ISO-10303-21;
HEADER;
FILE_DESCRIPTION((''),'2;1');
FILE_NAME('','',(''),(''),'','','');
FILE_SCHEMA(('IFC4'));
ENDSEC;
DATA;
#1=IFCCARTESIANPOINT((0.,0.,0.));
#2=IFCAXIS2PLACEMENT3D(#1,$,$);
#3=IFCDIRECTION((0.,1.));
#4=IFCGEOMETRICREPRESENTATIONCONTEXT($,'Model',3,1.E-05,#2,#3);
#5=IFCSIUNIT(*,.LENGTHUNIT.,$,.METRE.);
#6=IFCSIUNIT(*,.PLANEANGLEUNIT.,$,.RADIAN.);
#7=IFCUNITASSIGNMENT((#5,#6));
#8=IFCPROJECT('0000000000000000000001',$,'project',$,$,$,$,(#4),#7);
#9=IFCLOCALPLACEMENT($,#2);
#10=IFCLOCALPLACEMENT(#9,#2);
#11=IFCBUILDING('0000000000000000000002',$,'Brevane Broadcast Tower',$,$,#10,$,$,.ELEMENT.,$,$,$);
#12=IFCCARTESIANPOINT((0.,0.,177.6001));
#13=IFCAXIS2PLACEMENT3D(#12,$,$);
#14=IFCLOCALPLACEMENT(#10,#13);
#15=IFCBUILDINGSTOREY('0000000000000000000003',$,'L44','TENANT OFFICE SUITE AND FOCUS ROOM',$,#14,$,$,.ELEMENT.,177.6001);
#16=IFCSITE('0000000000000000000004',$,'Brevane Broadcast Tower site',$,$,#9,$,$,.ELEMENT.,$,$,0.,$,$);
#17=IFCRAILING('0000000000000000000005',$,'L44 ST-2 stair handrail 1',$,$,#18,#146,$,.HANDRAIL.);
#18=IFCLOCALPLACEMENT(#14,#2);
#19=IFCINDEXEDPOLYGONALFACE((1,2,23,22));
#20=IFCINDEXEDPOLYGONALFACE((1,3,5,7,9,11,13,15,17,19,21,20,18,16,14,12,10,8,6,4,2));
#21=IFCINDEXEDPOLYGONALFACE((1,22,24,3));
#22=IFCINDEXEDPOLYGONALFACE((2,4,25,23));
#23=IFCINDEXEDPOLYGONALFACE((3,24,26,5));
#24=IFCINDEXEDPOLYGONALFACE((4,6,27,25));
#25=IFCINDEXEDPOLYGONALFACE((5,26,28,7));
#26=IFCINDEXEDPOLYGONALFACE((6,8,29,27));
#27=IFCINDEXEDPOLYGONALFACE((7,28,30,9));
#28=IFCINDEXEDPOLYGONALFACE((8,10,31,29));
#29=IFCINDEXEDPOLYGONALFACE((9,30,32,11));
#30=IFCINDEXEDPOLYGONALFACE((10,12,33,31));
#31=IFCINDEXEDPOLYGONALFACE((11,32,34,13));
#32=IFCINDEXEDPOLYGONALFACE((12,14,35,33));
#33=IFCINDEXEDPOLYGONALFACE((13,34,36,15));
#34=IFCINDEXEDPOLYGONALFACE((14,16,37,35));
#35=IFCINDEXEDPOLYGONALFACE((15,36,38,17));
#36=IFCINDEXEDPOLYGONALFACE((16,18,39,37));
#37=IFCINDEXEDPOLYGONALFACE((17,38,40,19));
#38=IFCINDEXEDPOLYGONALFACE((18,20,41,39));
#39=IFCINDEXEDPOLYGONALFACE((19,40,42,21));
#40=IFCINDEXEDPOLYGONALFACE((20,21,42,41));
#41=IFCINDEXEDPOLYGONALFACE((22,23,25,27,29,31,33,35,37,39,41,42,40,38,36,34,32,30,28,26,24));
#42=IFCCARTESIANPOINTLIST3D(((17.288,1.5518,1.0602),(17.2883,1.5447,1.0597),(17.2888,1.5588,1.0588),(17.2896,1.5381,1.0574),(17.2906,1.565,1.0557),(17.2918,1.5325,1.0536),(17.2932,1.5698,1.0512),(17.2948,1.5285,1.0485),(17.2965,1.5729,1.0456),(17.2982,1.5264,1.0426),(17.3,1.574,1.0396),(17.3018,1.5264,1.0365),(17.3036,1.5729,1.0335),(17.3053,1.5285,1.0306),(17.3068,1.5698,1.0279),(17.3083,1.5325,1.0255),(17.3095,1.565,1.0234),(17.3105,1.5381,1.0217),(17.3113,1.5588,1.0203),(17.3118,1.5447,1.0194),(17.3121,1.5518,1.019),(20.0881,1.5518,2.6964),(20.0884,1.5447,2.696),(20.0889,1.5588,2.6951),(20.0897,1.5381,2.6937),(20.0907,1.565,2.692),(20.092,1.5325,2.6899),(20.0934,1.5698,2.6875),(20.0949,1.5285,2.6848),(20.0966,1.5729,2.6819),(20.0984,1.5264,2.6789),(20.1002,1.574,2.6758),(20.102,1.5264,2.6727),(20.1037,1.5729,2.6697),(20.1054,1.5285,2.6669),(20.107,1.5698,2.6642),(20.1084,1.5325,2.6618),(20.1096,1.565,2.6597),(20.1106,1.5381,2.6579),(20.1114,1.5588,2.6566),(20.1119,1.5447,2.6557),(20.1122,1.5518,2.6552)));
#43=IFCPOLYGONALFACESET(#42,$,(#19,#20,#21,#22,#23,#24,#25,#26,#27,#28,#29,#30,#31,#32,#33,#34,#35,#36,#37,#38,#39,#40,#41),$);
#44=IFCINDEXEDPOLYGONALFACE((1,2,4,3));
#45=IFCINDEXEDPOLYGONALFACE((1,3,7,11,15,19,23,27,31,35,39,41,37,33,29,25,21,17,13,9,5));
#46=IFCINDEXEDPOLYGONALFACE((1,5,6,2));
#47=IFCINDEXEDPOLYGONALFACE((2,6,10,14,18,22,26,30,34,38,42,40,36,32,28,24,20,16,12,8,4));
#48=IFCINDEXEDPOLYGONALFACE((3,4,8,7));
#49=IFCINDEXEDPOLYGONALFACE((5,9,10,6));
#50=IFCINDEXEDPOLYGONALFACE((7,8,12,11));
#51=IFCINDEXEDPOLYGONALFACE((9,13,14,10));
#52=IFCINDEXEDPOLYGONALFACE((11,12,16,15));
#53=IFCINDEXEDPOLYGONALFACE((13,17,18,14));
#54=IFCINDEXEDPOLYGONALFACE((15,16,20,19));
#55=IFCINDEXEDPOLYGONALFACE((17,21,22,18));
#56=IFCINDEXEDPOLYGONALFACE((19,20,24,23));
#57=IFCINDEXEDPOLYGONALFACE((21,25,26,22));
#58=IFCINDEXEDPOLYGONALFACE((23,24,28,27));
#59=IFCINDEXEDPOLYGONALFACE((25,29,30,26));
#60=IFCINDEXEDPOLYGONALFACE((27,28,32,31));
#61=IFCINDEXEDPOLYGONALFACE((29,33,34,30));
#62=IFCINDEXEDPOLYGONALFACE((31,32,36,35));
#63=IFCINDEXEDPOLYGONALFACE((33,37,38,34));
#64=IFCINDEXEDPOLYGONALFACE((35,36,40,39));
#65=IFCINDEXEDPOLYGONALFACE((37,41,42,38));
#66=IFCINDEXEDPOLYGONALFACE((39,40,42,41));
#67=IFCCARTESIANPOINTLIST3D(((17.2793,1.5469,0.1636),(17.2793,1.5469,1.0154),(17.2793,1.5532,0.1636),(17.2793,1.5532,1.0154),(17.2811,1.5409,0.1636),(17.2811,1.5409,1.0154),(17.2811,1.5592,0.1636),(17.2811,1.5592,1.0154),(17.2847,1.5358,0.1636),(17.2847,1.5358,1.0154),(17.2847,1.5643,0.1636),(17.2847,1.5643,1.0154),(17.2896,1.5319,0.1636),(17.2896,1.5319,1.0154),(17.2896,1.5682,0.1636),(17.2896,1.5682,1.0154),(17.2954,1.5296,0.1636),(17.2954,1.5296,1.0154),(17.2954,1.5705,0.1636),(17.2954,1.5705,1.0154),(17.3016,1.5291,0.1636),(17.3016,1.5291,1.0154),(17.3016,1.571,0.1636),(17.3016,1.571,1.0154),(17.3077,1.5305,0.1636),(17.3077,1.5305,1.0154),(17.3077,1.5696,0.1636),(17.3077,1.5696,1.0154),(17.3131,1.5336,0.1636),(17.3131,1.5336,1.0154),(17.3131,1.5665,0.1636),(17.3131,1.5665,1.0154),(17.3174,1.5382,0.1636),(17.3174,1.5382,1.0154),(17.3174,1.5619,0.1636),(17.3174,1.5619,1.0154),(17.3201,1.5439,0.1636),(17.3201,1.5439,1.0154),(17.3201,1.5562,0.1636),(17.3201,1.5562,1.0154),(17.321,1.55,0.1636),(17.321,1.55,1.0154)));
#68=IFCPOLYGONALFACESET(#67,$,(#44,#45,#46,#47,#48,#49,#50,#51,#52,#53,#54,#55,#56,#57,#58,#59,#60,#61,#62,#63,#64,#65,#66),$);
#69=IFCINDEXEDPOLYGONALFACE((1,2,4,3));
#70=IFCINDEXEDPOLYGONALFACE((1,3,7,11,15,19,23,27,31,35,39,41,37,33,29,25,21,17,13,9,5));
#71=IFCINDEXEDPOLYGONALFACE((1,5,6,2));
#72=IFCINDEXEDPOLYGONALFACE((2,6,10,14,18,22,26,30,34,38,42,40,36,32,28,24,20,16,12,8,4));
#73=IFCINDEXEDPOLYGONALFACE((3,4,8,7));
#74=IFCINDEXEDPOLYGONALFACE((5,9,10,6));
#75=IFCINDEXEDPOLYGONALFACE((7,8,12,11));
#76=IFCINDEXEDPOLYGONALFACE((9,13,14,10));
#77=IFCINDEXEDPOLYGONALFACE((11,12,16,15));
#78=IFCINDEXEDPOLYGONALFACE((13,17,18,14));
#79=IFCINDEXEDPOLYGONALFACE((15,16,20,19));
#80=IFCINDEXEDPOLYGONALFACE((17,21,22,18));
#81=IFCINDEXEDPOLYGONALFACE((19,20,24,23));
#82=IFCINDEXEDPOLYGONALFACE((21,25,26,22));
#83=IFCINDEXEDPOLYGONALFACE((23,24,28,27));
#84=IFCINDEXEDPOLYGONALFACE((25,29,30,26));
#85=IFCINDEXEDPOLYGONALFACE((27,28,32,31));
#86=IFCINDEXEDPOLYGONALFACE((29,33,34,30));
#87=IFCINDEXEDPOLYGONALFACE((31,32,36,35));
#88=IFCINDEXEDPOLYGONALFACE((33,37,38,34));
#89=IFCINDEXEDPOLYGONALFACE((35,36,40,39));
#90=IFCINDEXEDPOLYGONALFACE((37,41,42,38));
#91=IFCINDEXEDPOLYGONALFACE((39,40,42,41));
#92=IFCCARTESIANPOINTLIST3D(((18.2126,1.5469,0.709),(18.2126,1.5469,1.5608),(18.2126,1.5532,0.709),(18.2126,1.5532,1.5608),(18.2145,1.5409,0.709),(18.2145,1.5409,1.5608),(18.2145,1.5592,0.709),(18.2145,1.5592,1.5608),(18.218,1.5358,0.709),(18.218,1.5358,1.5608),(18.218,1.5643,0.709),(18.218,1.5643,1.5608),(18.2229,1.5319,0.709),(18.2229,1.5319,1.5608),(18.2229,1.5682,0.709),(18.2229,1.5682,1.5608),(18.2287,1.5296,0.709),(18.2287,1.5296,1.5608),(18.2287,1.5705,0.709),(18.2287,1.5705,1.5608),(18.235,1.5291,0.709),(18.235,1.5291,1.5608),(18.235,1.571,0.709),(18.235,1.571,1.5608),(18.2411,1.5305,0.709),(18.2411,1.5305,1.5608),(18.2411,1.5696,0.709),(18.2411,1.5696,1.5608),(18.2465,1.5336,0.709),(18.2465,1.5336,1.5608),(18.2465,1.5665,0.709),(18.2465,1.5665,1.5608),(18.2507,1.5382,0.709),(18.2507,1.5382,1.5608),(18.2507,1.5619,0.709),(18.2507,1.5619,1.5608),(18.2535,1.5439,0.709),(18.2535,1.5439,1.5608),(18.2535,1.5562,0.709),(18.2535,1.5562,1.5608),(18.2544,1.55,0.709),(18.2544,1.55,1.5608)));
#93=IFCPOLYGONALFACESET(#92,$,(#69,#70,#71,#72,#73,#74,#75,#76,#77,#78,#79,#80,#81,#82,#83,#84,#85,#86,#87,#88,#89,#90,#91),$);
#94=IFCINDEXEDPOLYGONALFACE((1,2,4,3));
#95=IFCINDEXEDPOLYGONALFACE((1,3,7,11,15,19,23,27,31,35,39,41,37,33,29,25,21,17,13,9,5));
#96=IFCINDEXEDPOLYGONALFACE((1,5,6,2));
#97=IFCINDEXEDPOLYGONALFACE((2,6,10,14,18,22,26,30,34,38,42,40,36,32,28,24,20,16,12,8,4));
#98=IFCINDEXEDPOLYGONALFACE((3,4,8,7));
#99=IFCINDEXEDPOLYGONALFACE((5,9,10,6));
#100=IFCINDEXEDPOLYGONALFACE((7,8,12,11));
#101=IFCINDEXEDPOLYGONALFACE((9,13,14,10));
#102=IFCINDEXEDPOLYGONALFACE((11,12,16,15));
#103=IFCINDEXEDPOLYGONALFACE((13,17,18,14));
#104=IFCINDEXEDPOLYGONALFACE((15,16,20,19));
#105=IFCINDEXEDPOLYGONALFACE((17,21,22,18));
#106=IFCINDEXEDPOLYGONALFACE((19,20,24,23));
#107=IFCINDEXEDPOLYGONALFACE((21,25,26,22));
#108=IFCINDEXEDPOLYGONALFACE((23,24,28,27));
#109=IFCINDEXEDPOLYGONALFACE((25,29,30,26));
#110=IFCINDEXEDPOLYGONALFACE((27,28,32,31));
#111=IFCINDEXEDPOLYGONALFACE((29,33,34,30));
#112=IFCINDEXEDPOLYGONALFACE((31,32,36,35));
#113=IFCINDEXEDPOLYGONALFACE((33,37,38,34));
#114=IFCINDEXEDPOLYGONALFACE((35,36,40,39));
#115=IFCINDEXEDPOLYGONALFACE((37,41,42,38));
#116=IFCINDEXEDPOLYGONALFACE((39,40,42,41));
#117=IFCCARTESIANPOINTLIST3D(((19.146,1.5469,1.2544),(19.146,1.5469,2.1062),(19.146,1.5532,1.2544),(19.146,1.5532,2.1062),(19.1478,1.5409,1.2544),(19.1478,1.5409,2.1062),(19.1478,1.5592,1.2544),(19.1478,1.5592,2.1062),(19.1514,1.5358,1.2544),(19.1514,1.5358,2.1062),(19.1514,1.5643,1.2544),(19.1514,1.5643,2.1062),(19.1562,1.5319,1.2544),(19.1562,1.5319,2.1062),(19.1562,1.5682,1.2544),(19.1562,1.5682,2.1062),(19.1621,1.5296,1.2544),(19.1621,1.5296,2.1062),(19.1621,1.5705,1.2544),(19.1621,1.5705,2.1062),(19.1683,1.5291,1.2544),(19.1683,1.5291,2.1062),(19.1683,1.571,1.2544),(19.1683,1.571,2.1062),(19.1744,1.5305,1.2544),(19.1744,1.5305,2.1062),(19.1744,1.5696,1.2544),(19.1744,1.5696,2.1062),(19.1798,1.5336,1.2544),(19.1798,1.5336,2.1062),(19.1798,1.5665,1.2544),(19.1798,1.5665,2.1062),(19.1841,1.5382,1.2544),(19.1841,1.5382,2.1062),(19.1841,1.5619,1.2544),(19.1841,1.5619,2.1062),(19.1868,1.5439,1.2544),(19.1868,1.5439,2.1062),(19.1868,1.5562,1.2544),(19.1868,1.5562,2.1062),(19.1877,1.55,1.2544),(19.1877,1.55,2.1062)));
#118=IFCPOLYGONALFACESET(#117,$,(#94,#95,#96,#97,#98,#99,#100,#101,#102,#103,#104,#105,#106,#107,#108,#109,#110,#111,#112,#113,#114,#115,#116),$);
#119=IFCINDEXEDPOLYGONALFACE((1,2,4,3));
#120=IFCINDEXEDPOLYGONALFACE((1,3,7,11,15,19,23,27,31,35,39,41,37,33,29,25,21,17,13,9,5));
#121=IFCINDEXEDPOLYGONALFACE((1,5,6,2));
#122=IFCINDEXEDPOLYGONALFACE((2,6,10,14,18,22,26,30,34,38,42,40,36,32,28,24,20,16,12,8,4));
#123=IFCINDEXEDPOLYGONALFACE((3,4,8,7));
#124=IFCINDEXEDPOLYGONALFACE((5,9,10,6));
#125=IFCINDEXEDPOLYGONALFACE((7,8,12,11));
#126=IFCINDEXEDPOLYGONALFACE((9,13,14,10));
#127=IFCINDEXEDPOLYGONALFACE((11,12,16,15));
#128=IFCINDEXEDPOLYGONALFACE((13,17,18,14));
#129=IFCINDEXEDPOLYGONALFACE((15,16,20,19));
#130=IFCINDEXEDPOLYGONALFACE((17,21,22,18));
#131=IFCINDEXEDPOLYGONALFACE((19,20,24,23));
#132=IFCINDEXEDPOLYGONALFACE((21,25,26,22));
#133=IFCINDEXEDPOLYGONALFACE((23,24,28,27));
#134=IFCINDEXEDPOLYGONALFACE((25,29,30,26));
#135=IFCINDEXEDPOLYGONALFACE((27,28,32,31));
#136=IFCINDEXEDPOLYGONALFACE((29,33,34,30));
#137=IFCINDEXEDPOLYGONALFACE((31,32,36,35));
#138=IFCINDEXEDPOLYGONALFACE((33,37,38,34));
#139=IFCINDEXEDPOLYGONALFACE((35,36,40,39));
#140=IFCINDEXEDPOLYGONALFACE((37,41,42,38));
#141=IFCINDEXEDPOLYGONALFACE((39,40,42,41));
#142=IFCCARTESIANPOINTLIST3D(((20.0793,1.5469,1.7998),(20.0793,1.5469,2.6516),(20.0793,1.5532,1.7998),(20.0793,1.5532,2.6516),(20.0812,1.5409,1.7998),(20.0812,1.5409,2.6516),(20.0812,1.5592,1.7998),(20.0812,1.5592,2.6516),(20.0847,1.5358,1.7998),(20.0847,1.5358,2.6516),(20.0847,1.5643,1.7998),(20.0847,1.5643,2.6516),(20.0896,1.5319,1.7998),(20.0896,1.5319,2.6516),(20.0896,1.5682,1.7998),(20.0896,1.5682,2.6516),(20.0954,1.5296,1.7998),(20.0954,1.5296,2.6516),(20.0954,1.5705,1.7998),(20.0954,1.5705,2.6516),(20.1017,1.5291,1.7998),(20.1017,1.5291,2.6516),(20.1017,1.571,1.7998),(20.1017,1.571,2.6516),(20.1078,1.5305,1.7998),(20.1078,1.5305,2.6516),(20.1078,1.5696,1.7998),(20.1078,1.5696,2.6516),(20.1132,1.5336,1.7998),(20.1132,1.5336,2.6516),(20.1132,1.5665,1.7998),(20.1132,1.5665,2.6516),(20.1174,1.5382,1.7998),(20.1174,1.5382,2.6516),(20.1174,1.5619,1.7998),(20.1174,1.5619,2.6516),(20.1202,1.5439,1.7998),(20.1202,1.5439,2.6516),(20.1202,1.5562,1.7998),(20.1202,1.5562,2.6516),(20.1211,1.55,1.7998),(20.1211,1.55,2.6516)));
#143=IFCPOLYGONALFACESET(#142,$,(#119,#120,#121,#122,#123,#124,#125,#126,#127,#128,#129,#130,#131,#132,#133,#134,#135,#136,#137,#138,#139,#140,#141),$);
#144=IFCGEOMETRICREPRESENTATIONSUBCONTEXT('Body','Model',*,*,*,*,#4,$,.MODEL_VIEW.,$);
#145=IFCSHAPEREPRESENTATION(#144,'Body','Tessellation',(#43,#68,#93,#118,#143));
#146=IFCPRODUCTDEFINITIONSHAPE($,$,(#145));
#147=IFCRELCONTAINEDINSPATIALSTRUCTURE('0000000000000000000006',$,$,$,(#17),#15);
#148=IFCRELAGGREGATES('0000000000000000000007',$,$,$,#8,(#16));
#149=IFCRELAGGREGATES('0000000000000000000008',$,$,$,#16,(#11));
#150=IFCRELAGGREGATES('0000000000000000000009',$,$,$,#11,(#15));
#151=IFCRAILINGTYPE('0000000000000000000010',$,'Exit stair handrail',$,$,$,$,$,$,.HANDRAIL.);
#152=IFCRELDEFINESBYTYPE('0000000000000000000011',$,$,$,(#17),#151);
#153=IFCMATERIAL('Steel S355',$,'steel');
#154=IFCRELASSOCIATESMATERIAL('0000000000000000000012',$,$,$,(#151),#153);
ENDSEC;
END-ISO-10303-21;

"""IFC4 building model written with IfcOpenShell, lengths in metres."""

from ifc_helpers import new_model, si_unit, direction, frame, origin, origin_2d, place, context, subcontext, project, spatial, circle, extrude, material, type_object, element, save


model = new_model("IFC4")

# Units and contexts
model_context = context("Model", 3, precision=1e-05, world=origin(), true_north=direction((0.0, 1.0)))
body_context = subcontext(model_context, "Body", "Model", "MODEL_VIEW")
ifc_project = project(units=[si_unit("LENGTHUNIT", "METRE"), si_unit("PLANEANGLEUNIT", "RADIAN")], contexts=[model_context])

# Site, building, storey
site_placement = place(None, origin())
site = spatial("IfcSite", under=ifc_project, at=site_placement, Name="Brevane Broadcast Tower site", CompositionType="ELEMENT", RefElevation=0.0)
building_placement = place(site_placement, origin())
building = spatial("IfcBuilding", under=site, at=building_placement, Name="Brevane Broadcast Tower", CompositionType="ELEMENT")
storey_placement = place(building_placement, frame((0.0, 0.0, 177.6001)))
storey = spatial("IfcBuildingStorey", under=building, at=storey_placement, Name="L44", Description="TENANT OFFICE SUITE AND FOCUS ROOM", CompositionType="ELEMENT", Elevation=177.6001)

# Railing
ifc_material_1 = material(Name="Steel S355", Category="steel")
railing_type_1 = type_object("IfcRailingType", Name="Exit stair handrail", PredefinedType="HANDRAIL", material=ifc_material_1)
railing_1_placement = place(storey_placement, frame((17.3, 1.55, 0.1636)))
element("IfcRailing", 1, at=railing_1_placement, inside=storey, type_object=railing_type_1, Name="L44 ST-2 stair handrail 1", PredefinedType="HANDRAIL", context=body_context, shape_type="SweptSolid", body=[
    extrude(circle(Radius=0.0239, at=origin_2d()), frame((0.0, 0.0, 0.876), z_axis=(0.863394, 0.0, 0.504531), x_axis=(0.0, 1.0, 0.0)), (0.0, 0.0, 1.0), 3.2432),
    extrude(circle(Radius=0.021, at=origin_2d()), origin(), (0.0, 0.0, 1.0), 0.8518),
    extrude(circle(Radius=0.021, at=origin_2d()), frame((0.9333, 0.0, 0.5454)), (0.0, 0.0, 1.0), 0.8518),
    extrude(circle(Radius=0.021, at=origin_2d()), frame((1.8667, 0.0, 1.0908)), (0.0, 0.0, 1.0), 0.8518),
    extrude(circle(Radius=0.021, at=origin_2d()), frame((2.8, 0.0, 1.6362)), (0.0, 0.0, 1.0), 0.8518),
])

save(model, "model.ifc")
